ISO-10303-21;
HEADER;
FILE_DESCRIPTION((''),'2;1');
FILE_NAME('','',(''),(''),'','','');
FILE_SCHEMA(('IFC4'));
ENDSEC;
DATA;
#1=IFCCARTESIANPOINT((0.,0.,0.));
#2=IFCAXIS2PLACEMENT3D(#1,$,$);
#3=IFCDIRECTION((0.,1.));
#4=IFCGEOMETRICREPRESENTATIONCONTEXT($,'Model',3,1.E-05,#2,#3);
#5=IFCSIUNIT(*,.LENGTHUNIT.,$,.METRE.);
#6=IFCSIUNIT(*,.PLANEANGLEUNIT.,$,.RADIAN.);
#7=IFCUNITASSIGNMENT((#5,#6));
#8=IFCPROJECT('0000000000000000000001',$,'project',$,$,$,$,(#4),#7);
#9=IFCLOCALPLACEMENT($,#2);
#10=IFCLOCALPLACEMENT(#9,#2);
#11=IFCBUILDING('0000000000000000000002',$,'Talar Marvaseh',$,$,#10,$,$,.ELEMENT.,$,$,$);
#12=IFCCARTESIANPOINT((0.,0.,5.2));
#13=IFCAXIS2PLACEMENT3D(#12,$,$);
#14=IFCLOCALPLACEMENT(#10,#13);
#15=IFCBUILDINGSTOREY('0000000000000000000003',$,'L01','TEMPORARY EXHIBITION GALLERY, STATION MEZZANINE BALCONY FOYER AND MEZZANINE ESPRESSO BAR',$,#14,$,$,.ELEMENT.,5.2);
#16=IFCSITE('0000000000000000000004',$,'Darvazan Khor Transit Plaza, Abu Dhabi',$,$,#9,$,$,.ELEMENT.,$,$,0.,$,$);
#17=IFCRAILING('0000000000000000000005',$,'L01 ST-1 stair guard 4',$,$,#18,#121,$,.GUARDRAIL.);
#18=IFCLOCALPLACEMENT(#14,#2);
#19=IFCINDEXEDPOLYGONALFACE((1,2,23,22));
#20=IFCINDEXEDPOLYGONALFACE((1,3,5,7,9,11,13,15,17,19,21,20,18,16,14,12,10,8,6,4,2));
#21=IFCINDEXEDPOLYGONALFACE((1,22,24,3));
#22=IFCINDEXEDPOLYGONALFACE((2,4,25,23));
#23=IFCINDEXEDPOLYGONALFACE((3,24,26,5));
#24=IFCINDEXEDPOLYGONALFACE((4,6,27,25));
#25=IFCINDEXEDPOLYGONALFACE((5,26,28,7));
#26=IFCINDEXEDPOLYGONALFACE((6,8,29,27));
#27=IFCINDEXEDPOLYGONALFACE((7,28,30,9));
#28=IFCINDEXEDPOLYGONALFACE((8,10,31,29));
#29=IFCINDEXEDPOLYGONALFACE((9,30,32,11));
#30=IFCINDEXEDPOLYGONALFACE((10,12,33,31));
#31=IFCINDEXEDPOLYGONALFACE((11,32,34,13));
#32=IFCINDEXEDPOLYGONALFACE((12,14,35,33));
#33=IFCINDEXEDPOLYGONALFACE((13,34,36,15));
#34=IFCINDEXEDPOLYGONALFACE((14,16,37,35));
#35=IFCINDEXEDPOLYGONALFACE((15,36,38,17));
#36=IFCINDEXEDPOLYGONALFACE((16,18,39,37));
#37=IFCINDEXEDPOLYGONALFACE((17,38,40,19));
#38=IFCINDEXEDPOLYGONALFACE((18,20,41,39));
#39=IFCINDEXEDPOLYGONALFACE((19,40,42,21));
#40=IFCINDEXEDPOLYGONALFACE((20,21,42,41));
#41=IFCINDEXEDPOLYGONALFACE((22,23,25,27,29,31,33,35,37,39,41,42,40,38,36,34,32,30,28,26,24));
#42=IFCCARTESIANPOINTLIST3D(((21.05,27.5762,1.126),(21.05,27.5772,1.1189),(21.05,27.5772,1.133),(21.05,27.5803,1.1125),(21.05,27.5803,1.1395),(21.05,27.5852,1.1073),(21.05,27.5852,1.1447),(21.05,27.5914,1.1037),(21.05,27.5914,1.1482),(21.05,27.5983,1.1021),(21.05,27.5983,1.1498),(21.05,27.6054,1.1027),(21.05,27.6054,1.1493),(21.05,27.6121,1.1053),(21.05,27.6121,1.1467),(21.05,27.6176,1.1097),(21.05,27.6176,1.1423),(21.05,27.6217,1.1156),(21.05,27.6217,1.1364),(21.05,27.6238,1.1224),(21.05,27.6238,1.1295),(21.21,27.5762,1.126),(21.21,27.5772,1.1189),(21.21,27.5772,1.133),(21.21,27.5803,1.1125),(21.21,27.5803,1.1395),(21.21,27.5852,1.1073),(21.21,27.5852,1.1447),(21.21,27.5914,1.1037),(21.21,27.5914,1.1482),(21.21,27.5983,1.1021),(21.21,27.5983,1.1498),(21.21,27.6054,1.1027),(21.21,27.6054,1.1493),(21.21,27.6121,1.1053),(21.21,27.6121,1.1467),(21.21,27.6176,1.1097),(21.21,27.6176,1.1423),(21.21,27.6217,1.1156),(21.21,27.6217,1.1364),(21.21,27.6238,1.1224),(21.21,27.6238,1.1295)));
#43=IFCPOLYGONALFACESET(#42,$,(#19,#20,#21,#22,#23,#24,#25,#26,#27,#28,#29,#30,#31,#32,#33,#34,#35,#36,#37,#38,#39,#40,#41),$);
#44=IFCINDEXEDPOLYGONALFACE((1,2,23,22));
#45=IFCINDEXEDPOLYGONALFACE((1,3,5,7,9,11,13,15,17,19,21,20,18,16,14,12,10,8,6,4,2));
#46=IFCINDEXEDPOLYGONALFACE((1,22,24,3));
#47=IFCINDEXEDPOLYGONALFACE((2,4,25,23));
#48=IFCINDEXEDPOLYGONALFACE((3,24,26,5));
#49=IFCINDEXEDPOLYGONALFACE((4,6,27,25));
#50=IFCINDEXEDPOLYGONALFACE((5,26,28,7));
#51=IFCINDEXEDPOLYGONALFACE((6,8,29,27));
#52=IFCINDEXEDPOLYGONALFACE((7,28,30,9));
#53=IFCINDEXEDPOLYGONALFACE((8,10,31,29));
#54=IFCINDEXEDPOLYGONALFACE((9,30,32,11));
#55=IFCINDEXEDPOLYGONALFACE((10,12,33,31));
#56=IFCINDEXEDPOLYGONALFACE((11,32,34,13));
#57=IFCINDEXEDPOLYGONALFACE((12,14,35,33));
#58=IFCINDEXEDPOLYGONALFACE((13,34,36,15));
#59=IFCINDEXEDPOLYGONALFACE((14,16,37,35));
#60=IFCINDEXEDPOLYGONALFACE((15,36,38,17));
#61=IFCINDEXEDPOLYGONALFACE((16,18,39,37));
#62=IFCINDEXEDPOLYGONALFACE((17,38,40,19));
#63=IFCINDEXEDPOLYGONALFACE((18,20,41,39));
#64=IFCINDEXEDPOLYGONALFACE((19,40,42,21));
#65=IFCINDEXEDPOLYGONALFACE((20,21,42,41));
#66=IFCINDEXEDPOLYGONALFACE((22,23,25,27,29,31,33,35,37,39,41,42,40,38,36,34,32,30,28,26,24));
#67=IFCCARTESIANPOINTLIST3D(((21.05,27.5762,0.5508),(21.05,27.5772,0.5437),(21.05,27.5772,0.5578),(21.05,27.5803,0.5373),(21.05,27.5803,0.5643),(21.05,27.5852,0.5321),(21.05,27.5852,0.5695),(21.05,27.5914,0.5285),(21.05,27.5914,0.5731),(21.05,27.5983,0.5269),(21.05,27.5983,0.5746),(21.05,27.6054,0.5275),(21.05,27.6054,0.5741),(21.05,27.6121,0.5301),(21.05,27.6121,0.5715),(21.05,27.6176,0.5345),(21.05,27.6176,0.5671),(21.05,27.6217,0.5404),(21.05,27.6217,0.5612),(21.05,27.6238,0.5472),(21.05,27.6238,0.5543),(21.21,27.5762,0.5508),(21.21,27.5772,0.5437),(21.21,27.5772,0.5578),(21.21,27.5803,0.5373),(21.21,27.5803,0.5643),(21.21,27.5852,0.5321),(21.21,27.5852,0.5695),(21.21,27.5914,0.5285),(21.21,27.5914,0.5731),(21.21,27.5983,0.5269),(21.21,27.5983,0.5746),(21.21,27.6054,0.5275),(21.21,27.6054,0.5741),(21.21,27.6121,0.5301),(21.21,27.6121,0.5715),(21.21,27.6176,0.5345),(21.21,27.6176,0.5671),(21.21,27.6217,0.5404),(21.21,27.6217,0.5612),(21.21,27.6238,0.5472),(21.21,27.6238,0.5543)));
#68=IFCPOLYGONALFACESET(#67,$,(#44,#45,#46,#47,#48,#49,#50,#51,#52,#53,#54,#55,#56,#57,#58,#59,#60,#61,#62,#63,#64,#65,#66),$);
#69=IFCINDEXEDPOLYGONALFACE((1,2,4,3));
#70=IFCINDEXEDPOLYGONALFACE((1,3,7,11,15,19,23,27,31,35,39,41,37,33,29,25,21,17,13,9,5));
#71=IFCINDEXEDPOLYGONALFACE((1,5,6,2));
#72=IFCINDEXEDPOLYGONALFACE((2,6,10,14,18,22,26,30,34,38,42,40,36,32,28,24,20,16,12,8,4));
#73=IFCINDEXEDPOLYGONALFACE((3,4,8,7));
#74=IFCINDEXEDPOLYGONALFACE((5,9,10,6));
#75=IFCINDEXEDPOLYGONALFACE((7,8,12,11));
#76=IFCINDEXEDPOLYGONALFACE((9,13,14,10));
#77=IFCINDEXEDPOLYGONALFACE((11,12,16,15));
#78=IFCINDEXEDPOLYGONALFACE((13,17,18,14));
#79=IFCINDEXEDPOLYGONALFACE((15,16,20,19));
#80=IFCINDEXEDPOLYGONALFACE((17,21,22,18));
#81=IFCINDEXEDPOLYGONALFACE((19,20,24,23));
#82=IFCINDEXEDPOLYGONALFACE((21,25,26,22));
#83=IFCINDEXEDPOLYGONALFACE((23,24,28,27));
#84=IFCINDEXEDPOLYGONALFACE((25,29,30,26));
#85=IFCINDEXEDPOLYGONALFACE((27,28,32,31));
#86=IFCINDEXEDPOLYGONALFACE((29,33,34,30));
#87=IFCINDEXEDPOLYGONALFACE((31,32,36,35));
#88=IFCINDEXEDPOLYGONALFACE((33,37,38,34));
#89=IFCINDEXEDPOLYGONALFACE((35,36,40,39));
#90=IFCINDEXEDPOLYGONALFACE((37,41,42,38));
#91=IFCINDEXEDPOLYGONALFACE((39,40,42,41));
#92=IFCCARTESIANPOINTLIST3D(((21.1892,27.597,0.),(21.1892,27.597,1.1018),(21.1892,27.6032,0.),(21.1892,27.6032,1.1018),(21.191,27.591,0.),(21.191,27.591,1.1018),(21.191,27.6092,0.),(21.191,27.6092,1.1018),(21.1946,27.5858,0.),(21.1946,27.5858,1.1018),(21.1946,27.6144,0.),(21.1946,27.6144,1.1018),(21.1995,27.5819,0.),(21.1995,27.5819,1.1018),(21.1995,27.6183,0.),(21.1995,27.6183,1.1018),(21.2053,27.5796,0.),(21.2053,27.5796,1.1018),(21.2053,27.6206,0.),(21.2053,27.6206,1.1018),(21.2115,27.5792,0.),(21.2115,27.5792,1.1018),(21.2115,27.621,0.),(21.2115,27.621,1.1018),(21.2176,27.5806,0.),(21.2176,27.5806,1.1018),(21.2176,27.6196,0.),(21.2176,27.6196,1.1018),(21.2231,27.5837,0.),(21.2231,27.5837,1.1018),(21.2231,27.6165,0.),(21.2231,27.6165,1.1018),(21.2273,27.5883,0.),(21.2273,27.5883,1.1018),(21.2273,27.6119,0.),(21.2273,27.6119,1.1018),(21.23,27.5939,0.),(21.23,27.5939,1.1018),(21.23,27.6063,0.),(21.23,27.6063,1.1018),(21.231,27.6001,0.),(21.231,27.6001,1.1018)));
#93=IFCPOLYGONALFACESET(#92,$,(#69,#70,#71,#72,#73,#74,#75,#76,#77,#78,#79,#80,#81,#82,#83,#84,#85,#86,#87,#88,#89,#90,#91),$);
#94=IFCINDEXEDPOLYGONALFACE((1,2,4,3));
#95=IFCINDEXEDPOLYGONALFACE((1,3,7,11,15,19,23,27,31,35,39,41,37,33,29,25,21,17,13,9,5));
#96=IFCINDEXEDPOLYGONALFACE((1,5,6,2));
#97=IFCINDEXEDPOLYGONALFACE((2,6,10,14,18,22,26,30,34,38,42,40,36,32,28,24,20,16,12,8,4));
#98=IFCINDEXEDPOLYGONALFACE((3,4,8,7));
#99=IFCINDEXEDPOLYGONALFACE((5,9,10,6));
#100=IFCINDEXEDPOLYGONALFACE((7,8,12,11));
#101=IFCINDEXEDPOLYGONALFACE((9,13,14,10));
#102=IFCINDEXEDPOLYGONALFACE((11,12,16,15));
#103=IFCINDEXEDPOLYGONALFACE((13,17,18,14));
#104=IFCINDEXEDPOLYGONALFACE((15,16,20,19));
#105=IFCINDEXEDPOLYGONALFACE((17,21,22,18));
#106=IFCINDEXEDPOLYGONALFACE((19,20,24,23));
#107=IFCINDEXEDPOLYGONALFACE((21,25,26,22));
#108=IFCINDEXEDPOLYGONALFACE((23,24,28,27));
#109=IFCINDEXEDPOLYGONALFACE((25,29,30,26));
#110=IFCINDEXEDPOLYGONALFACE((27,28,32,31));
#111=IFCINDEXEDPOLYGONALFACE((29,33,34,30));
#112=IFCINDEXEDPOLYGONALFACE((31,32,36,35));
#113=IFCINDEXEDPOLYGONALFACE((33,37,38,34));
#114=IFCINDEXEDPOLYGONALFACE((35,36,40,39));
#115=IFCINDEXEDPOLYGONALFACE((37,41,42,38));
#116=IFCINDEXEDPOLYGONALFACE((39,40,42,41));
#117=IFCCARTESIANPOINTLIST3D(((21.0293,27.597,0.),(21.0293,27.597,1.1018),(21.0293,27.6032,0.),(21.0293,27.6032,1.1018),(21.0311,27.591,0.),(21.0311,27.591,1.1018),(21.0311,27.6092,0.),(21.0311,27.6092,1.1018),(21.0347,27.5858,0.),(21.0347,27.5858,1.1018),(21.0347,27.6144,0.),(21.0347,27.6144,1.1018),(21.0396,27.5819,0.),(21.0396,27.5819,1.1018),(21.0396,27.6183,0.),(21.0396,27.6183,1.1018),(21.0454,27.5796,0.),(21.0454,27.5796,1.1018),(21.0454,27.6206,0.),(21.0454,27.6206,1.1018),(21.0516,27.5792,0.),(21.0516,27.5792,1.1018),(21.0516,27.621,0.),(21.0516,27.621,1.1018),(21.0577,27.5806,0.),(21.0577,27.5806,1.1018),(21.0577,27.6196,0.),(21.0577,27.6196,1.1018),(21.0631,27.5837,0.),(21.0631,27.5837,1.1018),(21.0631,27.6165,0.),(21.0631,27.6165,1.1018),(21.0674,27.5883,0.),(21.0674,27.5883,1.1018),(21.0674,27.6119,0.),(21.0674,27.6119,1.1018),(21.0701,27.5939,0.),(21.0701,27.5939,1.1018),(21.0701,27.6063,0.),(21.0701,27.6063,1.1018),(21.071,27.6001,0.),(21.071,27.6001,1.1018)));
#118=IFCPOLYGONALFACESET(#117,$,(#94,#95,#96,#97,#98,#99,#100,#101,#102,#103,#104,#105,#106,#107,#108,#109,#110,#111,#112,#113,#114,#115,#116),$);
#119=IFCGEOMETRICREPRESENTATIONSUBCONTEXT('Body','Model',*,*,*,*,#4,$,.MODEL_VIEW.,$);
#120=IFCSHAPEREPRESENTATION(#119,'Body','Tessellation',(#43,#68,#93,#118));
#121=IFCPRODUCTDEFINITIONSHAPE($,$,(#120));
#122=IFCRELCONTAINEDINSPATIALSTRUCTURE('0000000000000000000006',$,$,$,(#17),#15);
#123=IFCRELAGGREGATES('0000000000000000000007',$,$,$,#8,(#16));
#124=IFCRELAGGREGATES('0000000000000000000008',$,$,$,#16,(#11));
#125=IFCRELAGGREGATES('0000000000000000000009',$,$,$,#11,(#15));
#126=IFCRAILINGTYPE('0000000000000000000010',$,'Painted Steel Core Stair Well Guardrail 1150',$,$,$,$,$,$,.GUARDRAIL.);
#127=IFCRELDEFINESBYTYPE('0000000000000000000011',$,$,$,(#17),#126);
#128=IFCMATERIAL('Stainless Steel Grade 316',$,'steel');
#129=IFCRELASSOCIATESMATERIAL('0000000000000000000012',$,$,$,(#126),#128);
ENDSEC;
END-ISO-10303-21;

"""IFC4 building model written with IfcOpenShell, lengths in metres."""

from ifc_helpers import new_model, si_unit, direction, frame, origin, origin_2d, place, context, subcontext, project, spatial, circle, extrude, material, type_object, element, save


model = new_model("IFC4")

# Units and contexts
model_context = context("Model", 3, precision=1e-05, world=origin(), true_north=direction((0.0, 1.0)))
body_context = subcontext(model_context, "Body", "Model", "MODEL_VIEW")
ifc_project = project(units=[si_unit("LENGTHUNIT", "METRE"), si_unit("PLANEANGLEUNIT", "RADIAN")], contexts=[model_context])

# Site, building, storey
site_placement = place(None, origin())
site = spatial("IfcSite", under=ifc_project, at=site_placement, Name="Darvazan Khor Transit Plaza, Abu Dhabi", CompositionType="ELEMENT", RefElevation=0.0)
building_placement = place(site_placement, origin())
building = spatial("IfcBuilding", under=site, at=building_placement, Name="Talar Marvaseh", CompositionType="ELEMENT")
storey_placement = place(building_placement, frame((0.0, 0.0, 5.2)))
storey = spatial("IfcBuildingStorey", under=building, at=storey_placement, Name="L01", Description="TEMPORARY EXHIBITION GALLERY, STATION MEZZANINE BALCONY FOYER AND MEZZANINE ESPRESSO BAR", CompositionType="ELEMENT", Elevation=5.2)

# Railing
ifc_material_1 = material(Name="Stainless Steel Grade 316", Category="steel")
railing_type = type_object("IfcRailingType", Name="Painted Steel Core Stair Well Guardrail 1150", PredefinedType="GUARDRAIL", material=ifc_material_1)
railing_1_placement = place(storey_placement, frame((21.21, 27.6001, 0.0)))
element("IfcRailing", 1, at=railing_1_placement, inside=storey, type_object=railing_type, Name="L01 ST-1 stair guard 4", PredefinedType="GUARDRAIL", context=body_context, shape_type="SweptSolid", body=[
    extrude(circle(Radius=0.0239, at=origin_2d()), frame((0.0, 0.0, 1.126), z_axis=(-1.0, 0.0, 0.0), x_axis=(0.0, -1.0, 0.0)), (0.0, 0.0, 1.0), 0.1599),
    extrude(circle(Radius=0.0239, at=origin_2d()), frame((0.0, 0.0, 0.5508), z_axis=(-1.0, 0.0, 0.0), x_axis=(0.0, -1.0, 0.0)), (0.0, 0.0, 1.0), 0.1599),
    extrude(circle(Radius=0.021, at=origin_2d()), origin(), (0.0, 0.0, 1.0), 1.1018),
    extrude(circle(Radius=0.021, at=origin_2d()), frame((-0.1599, 0.0, 0.0)), (0.0, 0.0, 1.0), 1.1018),
])

save(model, "model.ifc")
